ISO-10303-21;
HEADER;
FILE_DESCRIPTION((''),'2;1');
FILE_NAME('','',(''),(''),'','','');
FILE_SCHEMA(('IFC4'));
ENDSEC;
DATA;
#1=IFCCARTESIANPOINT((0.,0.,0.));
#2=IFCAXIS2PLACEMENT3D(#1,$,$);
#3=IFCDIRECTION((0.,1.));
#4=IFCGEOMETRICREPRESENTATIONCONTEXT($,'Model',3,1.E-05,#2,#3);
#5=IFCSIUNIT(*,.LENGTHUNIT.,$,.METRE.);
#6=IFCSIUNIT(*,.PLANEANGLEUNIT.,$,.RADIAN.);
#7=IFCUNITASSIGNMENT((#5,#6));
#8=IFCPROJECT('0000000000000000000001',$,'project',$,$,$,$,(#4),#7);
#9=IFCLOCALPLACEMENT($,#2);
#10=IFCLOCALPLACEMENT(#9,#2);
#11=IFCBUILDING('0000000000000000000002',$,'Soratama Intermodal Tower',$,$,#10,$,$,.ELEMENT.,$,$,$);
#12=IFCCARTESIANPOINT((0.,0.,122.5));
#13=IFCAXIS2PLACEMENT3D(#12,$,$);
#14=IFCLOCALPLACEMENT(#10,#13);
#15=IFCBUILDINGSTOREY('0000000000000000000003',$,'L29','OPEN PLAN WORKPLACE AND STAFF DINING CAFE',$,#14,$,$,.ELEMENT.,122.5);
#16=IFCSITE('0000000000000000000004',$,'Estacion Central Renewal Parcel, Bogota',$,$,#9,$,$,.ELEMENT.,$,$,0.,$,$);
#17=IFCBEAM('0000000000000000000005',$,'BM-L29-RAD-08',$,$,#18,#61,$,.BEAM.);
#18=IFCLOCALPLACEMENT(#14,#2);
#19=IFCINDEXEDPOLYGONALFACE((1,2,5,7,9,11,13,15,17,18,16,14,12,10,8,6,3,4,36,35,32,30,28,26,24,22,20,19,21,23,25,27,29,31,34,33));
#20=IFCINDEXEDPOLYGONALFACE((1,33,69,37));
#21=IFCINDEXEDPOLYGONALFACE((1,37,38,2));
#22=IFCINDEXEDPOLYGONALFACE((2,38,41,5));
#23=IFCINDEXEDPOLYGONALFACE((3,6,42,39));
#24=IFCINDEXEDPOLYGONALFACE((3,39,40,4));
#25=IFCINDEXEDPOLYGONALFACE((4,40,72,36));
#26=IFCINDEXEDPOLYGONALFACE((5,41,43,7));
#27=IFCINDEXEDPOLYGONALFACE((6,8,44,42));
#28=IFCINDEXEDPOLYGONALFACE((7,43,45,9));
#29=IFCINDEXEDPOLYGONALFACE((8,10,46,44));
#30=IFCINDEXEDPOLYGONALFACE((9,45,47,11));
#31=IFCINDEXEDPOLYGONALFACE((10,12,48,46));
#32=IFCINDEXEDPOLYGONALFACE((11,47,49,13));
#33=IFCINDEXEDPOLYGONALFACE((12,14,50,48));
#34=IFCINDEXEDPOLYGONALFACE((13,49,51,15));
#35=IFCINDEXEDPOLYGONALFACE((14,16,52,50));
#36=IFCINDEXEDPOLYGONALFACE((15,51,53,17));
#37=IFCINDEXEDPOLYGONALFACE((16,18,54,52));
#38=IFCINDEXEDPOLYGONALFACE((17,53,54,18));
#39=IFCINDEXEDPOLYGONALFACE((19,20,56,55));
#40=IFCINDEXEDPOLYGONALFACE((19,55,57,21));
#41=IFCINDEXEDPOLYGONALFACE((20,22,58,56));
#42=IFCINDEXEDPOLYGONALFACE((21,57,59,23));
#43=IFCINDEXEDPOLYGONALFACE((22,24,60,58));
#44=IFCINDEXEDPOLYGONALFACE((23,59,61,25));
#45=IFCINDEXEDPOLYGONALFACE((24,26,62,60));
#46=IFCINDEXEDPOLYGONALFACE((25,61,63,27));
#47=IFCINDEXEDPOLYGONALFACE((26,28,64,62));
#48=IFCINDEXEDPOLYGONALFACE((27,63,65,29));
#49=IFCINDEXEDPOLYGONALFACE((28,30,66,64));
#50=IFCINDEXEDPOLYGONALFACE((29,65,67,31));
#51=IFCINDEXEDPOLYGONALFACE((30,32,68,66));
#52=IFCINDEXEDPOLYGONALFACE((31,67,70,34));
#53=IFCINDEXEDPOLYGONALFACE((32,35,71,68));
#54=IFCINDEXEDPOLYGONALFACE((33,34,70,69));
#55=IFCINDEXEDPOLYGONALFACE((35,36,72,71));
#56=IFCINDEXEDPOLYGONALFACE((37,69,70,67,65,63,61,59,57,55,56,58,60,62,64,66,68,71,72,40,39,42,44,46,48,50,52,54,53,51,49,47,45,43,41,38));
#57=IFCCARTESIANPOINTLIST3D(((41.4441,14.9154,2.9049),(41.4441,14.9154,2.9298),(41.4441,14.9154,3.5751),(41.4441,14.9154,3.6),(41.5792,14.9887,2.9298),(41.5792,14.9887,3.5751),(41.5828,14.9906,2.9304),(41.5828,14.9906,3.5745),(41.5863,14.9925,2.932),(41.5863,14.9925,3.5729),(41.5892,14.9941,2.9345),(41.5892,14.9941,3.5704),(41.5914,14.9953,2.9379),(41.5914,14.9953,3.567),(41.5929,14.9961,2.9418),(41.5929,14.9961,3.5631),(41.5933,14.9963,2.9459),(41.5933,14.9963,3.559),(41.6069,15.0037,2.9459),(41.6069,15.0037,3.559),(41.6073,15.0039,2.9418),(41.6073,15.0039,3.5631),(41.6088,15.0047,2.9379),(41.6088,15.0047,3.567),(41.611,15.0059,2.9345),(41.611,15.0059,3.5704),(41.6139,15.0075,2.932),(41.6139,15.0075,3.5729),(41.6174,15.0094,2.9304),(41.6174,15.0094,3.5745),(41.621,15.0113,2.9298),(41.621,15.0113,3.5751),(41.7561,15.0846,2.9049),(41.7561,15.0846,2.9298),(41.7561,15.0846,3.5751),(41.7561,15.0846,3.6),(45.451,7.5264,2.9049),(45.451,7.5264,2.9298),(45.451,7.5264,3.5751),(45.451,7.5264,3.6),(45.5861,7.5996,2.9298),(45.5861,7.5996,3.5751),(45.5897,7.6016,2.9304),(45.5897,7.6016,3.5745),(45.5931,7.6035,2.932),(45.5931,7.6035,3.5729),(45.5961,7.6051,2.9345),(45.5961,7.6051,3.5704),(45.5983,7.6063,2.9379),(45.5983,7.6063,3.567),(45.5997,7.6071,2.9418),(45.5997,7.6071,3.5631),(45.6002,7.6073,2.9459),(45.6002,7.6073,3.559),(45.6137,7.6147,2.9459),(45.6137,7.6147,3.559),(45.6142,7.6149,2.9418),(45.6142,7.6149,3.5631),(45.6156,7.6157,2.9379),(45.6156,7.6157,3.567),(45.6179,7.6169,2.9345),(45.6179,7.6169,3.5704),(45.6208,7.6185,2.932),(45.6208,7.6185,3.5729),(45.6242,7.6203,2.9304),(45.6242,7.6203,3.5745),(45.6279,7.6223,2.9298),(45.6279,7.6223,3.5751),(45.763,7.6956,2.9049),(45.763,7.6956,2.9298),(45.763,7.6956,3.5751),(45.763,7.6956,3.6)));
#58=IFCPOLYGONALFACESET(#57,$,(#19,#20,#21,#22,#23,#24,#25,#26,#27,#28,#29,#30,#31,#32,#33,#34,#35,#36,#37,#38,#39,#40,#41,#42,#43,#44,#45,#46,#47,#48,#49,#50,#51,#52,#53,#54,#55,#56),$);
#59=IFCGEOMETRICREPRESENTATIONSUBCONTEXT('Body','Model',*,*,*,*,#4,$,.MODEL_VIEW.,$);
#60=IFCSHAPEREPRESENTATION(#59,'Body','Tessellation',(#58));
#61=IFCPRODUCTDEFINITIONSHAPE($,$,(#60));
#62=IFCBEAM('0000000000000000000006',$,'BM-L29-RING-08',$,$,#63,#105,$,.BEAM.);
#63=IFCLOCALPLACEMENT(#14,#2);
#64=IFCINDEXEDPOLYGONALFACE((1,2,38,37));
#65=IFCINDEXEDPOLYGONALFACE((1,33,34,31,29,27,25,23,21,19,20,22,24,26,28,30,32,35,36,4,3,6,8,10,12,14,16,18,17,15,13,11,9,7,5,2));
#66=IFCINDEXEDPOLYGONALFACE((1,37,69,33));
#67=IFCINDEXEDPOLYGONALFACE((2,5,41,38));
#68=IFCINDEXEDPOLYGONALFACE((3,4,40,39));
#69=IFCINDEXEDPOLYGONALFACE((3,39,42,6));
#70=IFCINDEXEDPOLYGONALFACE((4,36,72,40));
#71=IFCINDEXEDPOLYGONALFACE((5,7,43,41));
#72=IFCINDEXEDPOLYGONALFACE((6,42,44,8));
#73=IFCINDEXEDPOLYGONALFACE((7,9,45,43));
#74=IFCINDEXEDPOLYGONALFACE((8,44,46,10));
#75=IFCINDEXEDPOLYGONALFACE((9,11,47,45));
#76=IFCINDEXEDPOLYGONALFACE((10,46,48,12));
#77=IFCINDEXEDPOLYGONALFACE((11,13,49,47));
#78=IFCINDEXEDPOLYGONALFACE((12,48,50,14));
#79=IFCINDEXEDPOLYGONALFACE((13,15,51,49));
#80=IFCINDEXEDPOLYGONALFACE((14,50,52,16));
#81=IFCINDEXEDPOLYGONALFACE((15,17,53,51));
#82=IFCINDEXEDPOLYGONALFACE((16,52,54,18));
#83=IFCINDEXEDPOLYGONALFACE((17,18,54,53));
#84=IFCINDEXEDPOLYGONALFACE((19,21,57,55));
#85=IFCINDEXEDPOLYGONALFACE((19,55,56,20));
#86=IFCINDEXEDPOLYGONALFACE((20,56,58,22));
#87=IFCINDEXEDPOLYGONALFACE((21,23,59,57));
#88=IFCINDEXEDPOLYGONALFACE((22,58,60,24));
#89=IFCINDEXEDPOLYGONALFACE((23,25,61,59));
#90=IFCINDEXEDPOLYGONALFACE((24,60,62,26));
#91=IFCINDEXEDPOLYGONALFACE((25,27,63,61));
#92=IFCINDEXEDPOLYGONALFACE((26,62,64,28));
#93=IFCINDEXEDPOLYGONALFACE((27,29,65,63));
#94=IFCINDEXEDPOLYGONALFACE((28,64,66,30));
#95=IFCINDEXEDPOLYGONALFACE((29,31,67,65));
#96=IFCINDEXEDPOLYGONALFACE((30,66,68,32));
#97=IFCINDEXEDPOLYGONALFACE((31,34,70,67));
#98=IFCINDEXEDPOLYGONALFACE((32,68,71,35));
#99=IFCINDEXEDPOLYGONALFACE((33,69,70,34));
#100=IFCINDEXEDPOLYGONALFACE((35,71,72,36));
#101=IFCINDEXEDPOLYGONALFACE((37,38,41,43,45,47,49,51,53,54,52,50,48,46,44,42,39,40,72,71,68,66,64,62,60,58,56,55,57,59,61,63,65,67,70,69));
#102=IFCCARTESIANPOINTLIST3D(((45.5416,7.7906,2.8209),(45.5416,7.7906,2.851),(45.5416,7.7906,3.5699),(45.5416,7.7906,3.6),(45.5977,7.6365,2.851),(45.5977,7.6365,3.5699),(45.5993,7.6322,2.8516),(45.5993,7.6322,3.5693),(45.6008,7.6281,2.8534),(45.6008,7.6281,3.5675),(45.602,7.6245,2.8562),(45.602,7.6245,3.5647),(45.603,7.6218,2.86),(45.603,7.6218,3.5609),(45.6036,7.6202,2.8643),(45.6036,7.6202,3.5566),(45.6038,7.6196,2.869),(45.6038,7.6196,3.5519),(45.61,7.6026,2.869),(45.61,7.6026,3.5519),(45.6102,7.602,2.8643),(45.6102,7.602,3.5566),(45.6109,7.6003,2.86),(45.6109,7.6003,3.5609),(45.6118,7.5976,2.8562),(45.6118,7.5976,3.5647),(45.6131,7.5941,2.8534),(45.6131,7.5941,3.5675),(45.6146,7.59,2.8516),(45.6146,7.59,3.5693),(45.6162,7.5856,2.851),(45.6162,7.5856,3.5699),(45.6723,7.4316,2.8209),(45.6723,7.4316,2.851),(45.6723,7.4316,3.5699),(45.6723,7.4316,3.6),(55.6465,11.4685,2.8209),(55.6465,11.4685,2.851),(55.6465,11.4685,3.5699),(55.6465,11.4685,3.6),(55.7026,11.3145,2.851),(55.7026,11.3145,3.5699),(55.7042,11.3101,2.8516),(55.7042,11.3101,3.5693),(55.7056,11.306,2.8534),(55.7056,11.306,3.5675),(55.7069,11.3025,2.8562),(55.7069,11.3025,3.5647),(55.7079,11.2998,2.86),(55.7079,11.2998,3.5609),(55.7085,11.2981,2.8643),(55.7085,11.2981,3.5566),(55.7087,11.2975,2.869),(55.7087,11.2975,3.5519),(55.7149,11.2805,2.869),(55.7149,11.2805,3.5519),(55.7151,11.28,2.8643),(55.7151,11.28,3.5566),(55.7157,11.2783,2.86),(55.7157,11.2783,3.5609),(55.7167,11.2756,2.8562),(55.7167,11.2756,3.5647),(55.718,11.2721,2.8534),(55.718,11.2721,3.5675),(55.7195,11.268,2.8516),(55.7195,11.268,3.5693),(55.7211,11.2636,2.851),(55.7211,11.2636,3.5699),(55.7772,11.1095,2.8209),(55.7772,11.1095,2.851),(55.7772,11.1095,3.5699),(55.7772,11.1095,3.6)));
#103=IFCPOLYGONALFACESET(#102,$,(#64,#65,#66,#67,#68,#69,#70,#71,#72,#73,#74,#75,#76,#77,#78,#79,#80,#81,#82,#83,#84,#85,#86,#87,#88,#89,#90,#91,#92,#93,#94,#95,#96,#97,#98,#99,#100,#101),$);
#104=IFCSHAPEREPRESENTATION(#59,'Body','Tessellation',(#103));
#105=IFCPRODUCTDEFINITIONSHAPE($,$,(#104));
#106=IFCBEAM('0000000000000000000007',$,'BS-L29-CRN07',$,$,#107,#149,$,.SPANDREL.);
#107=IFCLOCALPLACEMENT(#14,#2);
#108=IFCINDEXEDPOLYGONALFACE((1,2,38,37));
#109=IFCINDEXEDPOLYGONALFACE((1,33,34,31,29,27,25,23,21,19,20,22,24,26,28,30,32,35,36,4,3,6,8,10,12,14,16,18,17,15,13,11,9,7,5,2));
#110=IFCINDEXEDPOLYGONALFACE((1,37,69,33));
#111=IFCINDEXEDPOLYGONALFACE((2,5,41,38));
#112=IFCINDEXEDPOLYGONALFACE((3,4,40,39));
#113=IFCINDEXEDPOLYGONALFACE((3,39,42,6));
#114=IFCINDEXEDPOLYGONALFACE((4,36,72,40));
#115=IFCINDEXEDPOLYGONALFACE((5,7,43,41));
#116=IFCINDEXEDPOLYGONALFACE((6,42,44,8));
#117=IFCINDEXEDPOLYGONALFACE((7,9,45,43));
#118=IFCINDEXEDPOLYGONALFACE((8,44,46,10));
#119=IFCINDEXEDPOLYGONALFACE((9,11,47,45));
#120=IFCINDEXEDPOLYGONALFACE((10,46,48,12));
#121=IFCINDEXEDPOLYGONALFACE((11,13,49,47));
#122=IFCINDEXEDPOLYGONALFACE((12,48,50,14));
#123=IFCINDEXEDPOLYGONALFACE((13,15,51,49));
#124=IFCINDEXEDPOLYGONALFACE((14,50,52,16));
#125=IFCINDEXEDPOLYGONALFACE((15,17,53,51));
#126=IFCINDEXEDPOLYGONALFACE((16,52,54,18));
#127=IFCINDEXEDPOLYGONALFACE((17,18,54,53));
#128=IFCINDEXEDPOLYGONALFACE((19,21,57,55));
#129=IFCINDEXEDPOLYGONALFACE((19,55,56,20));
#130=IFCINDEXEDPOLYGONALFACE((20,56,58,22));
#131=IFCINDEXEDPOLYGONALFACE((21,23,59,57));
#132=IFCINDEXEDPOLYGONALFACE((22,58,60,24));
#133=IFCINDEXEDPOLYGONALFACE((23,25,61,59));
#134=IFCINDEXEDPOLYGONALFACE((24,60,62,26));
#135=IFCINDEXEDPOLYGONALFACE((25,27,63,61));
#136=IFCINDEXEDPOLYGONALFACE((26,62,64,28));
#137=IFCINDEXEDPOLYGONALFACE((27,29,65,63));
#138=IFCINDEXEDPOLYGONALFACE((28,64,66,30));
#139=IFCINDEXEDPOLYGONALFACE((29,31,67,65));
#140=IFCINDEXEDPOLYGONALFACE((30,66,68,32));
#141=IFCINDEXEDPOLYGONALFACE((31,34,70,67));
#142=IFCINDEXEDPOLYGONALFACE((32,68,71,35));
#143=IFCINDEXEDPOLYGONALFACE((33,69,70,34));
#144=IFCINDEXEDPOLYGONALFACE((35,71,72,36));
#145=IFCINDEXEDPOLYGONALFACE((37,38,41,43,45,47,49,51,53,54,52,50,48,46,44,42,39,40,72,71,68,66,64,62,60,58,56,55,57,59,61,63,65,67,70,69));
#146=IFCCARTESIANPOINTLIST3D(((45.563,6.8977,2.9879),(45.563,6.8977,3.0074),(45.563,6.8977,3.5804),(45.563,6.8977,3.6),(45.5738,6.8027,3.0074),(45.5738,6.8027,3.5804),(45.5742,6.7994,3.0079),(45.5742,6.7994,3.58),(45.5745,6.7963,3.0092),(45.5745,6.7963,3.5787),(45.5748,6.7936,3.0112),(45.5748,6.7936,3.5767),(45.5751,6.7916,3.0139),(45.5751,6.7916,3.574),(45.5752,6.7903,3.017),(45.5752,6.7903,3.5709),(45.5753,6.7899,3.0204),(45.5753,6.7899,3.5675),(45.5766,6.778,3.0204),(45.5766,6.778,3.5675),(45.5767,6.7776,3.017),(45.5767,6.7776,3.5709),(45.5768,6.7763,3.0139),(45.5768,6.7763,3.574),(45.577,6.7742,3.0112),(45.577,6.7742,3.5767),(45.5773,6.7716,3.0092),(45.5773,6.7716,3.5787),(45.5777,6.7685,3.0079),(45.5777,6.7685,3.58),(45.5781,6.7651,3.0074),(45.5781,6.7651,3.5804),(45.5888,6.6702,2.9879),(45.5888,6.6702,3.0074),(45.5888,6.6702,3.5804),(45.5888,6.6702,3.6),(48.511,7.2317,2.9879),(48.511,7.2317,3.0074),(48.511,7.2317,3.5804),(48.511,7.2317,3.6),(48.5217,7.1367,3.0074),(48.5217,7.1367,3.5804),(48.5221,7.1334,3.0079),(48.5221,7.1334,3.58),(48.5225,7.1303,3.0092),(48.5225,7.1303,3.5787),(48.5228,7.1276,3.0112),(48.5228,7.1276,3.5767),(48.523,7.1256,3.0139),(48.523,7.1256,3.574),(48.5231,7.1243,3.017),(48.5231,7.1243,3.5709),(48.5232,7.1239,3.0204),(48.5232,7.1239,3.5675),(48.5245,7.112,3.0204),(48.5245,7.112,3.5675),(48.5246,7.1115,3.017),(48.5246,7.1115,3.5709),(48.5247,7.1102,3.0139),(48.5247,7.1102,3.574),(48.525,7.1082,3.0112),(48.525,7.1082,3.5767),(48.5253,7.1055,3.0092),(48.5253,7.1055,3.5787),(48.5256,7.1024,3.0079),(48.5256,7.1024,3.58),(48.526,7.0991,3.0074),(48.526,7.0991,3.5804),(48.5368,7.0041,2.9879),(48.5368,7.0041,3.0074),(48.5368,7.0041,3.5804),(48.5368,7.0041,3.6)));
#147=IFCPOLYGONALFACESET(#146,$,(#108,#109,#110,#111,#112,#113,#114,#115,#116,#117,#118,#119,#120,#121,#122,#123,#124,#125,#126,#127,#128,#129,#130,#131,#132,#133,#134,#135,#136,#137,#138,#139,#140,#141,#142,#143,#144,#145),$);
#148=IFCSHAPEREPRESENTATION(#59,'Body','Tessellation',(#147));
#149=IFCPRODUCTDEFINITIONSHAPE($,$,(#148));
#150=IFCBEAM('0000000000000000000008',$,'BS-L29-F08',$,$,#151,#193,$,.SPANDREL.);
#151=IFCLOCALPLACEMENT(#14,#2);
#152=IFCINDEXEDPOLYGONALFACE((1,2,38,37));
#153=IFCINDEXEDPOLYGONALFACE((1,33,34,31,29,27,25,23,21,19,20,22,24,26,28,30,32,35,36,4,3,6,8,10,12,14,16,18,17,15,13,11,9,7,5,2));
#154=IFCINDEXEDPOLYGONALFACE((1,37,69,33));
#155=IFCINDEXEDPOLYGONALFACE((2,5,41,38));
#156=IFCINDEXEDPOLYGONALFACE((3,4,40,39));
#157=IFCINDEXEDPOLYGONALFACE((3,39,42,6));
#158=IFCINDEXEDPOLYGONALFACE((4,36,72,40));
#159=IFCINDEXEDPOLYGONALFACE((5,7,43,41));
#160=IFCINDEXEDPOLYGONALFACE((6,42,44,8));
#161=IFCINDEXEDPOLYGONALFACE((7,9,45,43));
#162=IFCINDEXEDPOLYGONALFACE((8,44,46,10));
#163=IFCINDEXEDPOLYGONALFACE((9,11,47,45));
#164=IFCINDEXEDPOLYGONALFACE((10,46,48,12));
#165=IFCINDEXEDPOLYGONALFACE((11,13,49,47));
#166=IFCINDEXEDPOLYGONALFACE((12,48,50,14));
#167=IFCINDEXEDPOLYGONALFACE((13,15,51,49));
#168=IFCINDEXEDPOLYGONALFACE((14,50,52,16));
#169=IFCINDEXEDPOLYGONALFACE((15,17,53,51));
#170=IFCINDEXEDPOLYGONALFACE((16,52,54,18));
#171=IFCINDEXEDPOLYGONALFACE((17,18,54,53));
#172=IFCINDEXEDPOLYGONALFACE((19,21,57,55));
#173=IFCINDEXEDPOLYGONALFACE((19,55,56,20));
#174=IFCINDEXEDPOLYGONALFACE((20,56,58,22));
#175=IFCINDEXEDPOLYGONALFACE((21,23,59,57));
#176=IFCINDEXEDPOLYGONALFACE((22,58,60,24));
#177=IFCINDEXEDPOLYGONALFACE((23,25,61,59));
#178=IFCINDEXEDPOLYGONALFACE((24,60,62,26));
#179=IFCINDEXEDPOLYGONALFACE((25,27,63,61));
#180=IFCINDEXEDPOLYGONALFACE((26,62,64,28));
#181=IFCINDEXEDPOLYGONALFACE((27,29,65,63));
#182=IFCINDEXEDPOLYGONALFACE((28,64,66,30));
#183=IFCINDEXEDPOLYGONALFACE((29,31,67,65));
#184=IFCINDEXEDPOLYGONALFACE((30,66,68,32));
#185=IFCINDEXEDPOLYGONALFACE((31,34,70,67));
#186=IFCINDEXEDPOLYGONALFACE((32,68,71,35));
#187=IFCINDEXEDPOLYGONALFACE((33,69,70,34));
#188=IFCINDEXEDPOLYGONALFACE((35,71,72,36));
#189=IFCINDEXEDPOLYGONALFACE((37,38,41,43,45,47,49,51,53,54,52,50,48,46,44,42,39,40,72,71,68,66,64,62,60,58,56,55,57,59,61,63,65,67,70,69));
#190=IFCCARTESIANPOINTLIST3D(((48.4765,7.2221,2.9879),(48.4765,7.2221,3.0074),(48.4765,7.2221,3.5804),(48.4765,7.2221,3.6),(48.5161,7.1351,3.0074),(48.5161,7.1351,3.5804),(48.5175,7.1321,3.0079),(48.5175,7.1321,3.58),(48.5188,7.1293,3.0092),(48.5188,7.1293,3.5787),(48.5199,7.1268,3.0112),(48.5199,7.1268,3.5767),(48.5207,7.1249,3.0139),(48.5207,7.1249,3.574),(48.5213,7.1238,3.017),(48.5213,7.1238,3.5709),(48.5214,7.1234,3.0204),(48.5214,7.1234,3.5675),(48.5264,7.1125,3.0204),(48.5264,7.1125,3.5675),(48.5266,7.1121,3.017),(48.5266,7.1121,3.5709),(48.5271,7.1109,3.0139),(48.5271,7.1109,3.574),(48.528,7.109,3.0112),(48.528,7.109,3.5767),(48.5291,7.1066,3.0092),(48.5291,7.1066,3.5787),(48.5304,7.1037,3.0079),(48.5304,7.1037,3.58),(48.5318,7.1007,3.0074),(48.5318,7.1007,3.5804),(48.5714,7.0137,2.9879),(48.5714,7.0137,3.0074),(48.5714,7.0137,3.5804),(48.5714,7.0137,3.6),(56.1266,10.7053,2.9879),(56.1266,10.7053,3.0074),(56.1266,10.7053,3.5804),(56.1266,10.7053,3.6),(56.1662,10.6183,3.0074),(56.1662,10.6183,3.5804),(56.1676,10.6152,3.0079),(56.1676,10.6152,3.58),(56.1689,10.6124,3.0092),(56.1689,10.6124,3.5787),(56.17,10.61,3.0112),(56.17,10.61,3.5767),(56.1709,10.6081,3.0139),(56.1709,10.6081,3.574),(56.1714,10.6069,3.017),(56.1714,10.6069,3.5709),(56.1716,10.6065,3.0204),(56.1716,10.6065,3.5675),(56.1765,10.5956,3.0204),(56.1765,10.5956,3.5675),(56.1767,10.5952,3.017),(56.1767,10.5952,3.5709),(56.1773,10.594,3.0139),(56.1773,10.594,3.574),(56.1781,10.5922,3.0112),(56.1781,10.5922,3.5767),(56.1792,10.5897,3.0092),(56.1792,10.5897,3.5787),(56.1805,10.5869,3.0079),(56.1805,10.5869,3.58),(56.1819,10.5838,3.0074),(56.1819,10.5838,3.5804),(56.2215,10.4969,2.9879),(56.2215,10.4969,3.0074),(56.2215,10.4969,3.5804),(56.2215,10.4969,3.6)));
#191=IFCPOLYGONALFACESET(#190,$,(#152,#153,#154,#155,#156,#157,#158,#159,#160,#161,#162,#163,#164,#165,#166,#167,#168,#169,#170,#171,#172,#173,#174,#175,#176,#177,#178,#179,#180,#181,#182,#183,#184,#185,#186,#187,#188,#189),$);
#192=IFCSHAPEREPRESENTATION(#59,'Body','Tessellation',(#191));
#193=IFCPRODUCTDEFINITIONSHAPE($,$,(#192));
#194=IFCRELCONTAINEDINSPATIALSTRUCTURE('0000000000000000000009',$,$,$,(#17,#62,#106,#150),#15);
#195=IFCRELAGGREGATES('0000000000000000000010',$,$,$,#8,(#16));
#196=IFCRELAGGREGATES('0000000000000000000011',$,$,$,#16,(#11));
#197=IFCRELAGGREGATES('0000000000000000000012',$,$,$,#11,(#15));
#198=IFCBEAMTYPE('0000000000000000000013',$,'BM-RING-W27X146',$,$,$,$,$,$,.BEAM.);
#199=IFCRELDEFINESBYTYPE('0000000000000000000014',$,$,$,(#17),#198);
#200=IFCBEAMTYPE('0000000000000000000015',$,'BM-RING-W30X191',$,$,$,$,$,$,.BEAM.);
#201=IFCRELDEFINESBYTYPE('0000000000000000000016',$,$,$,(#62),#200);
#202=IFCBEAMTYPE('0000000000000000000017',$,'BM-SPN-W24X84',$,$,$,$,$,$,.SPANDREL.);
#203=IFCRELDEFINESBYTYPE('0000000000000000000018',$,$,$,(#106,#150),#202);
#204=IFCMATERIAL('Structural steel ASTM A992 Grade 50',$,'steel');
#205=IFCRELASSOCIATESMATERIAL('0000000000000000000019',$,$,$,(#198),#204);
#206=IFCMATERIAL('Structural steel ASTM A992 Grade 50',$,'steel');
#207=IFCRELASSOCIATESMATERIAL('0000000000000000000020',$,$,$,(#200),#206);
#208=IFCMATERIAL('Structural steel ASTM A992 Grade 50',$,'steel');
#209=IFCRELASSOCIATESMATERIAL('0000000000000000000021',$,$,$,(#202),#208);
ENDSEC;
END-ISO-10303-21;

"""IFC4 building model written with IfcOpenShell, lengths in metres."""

from ifc_helpers import new_model, si_unit, direction, frame, origin, origin_2d, place, context, subcontext, project, spatial, i_section, extrude, material, material_profile, profile_set, type_object, element, save


model = new_model("IFC4")

# Units and contexts
model_context = context("Model", 3, precision=1e-05, world=origin(), true_north=direction((0.0, 1.0)))
body_context = subcontext(model_context, "Body", "Model", "MODEL_VIEW")
ifc_project = project(units=[si_unit("LENGTHUNIT", "METRE"), si_unit("PLANEANGLEUNIT", "RADIAN")], contexts=[model_context])

# Site, building, storey
site_placement = place(None, origin())
site = spatial("IfcSite", under=ifc_project, at=site_placement, Name="Estacion Central Renewal Parcel, Bogota", CompositionType="ELEMENT", RefElevation=0.0)
building_placement = place(site_placement, origin())
building = spatial("IfcBuilding", under=site, at=building_placement, Name="Soratama Intermodal Tower", CompositionType="ELEMENT")
storey_placement = place(building_placement, frame((0.0, 0.0, 122.5)))
storey = spatial("IfcBuildingStorey", under=building, at=storey_placement, Name="L29", Description="OPEN PLAN WORKPLACE AND STAFF DINING CAFE", CompositionType="ELEMENT", Elevation=122.5)

# Beams
ifc_material_1 = material(Name="Structural steel ASTM A992 Grade 50", Category="steel")
ifc_material_profile_1 = material_profile(ifc_material_1, i_section(OverallWidth=0.355, OverallDepth=0.6951, WebThickness=0.0154, FlangeThickness=0.0249, FilletRadius=0.0161, at=origin_2d()), Name="W27X146")
ifc_profile_set_1 = profile_set([ifc_material_profile_1], Name="Structural steel ASTM A992 Grade 50")
beam_type_1 = type_object("IfcBeamType", Name="BM-RING-W27X146", PredefinedType="BEAM", material=ifc_profile_set_1)
beam_1_placement = place(storey_placement, frame((41.6001, 15.0, 3.2524), z_axis=(0.476698, -0.879067, 0.0), x_axis=(0.879067, 0.476698, 0.0)))
element("IfcBeam", 1, at=beam_1_placement, inside=storey, type_object=beam_type_1, Name="BM-L29-RAD-08", PredefinedType="BEAM", context=body_context, shape_type="SweptSolid", body=[
    extrude(i_section(OverallWidth=0.355, OverallDepth=0.6951, WebThickness=0.0154, FlangeThickness=0.0249, FilletRadius=0.0161, at=origin_2d()), origin(), (0.0, 0.0, 1.0), 8.4055),
])
ifc_material_2 = material(Name="Structural steel ASTM A992 Grade 50", Category="steel")
ifc_material_profile_2 = material_profile(ifc_material_2, i_section(OverallWidth=0.3821, OverallDepth=0.7791, WebThickness=0.0181, FlangeThickness=0.03, FilletRadius=0.0181, at=origin_2d()), Name="W30X191")
ifc_profile_set_2 = profile_set([ifc_material_profile_2], Name="Structural steel ASTM A992 Grade 50")
beam_type_2 = type_object("IfcBeamType", Name="BM-RING-W30X191", PredefinedType="BEAM", material=ifc_profile_set_2)
beam_2_placement = place(storey_placement, frame((45.6069, 7.6111, 3.2104), z_axis=(0.939691, 0.342026, 0.0), x_axis=(-0.342026, 0.939691, 0.0)))
element("IfcBeam", 2, at=beam_2_placement, inside=storey, type_object=beam_type_2, Name="BM-L29-RING-08", PredefinedType="BEAM", context=body_context, shape_type="SweptSolid", body=[
    extrude(i_section(OverallWidth=0.3821, OverallDepth=0.7791, WebThickness=0.0181, FlangeThickness=0.03, FilletRadius=0.0181, at=origin_2d()), origin(), (0.0, 0.0, 1.0), 10.7534),
])
ifc_material_3 = material(Name="Structural steel ASTM A992 Grade 50", Category="steel")
ifc_material_profile_3 = material_profile(ifc_material_3, i_section(OverallWidth=0.229, OverallDepth=0.6121, WebThickness=0.012, FlangeThickness=0.0195, FilletRadius=0.0129, at=origin_2d()), Name="W24X84")
ifc_profile_set_3 = profile_set([ifc_material_profile_3], Name="Structural steel ASTM A992 Grade 50")
beam_type_3 = type_object("IfcBeamType", Name="BM-SPN-W24X84", PredefinedType="SPANDREL", material=ifc_profile_set_3)
beam_3_placement = place(storey_placement, frame((45.5759, 6.7839, 3.2939), z_axis=(0.993644, 0.112572, 0.0), x_axis=(-0.112572, 0.993644, 0.0)))
element("IfcBeam", 3, at=beam_3_placement, inside=storey, type_object=beam_type_3, Name="BS-L29-CRN07", PredefinedType="SPANDREL", context=body_context, shape_type="SweptSolid", body=[
    extrude(i_section(OverallWidth=0.229, OverallDepth=0.6121, WebThickness=0.012, FlangeThickness=0.0195, FilletRadius=0.0129, at=origin_2d()), origin(), (0.0, 0.0, 1.0), 2.9668),
])
beam_4_placement = place(storey_placement, frame((48.5239, 7.1179, 3.2939), z_axis=(0.910106, 0.414376, 0.0), x_axis=(-0.414376, 0.910106, 0.0)))
element("IfcBeam", 4, at=beam_4_placement, inside=storey, type_object=beam_type_3, Name="BS-L29-F08", PredefinedType="SPANDREL", context=body_context, shape_type="SweptSolid", body=[
    extrude(i_section(OverallWidth=0.229, OverallDepth=0.6121, WebThickness=0.012, FlangeThickness=0.0195, FilletRadius=0.0129, at=origin_2d()), origin(), (0.0, 0.0, 1.0), 8.4058),
])

save(model, "model.ifc")
